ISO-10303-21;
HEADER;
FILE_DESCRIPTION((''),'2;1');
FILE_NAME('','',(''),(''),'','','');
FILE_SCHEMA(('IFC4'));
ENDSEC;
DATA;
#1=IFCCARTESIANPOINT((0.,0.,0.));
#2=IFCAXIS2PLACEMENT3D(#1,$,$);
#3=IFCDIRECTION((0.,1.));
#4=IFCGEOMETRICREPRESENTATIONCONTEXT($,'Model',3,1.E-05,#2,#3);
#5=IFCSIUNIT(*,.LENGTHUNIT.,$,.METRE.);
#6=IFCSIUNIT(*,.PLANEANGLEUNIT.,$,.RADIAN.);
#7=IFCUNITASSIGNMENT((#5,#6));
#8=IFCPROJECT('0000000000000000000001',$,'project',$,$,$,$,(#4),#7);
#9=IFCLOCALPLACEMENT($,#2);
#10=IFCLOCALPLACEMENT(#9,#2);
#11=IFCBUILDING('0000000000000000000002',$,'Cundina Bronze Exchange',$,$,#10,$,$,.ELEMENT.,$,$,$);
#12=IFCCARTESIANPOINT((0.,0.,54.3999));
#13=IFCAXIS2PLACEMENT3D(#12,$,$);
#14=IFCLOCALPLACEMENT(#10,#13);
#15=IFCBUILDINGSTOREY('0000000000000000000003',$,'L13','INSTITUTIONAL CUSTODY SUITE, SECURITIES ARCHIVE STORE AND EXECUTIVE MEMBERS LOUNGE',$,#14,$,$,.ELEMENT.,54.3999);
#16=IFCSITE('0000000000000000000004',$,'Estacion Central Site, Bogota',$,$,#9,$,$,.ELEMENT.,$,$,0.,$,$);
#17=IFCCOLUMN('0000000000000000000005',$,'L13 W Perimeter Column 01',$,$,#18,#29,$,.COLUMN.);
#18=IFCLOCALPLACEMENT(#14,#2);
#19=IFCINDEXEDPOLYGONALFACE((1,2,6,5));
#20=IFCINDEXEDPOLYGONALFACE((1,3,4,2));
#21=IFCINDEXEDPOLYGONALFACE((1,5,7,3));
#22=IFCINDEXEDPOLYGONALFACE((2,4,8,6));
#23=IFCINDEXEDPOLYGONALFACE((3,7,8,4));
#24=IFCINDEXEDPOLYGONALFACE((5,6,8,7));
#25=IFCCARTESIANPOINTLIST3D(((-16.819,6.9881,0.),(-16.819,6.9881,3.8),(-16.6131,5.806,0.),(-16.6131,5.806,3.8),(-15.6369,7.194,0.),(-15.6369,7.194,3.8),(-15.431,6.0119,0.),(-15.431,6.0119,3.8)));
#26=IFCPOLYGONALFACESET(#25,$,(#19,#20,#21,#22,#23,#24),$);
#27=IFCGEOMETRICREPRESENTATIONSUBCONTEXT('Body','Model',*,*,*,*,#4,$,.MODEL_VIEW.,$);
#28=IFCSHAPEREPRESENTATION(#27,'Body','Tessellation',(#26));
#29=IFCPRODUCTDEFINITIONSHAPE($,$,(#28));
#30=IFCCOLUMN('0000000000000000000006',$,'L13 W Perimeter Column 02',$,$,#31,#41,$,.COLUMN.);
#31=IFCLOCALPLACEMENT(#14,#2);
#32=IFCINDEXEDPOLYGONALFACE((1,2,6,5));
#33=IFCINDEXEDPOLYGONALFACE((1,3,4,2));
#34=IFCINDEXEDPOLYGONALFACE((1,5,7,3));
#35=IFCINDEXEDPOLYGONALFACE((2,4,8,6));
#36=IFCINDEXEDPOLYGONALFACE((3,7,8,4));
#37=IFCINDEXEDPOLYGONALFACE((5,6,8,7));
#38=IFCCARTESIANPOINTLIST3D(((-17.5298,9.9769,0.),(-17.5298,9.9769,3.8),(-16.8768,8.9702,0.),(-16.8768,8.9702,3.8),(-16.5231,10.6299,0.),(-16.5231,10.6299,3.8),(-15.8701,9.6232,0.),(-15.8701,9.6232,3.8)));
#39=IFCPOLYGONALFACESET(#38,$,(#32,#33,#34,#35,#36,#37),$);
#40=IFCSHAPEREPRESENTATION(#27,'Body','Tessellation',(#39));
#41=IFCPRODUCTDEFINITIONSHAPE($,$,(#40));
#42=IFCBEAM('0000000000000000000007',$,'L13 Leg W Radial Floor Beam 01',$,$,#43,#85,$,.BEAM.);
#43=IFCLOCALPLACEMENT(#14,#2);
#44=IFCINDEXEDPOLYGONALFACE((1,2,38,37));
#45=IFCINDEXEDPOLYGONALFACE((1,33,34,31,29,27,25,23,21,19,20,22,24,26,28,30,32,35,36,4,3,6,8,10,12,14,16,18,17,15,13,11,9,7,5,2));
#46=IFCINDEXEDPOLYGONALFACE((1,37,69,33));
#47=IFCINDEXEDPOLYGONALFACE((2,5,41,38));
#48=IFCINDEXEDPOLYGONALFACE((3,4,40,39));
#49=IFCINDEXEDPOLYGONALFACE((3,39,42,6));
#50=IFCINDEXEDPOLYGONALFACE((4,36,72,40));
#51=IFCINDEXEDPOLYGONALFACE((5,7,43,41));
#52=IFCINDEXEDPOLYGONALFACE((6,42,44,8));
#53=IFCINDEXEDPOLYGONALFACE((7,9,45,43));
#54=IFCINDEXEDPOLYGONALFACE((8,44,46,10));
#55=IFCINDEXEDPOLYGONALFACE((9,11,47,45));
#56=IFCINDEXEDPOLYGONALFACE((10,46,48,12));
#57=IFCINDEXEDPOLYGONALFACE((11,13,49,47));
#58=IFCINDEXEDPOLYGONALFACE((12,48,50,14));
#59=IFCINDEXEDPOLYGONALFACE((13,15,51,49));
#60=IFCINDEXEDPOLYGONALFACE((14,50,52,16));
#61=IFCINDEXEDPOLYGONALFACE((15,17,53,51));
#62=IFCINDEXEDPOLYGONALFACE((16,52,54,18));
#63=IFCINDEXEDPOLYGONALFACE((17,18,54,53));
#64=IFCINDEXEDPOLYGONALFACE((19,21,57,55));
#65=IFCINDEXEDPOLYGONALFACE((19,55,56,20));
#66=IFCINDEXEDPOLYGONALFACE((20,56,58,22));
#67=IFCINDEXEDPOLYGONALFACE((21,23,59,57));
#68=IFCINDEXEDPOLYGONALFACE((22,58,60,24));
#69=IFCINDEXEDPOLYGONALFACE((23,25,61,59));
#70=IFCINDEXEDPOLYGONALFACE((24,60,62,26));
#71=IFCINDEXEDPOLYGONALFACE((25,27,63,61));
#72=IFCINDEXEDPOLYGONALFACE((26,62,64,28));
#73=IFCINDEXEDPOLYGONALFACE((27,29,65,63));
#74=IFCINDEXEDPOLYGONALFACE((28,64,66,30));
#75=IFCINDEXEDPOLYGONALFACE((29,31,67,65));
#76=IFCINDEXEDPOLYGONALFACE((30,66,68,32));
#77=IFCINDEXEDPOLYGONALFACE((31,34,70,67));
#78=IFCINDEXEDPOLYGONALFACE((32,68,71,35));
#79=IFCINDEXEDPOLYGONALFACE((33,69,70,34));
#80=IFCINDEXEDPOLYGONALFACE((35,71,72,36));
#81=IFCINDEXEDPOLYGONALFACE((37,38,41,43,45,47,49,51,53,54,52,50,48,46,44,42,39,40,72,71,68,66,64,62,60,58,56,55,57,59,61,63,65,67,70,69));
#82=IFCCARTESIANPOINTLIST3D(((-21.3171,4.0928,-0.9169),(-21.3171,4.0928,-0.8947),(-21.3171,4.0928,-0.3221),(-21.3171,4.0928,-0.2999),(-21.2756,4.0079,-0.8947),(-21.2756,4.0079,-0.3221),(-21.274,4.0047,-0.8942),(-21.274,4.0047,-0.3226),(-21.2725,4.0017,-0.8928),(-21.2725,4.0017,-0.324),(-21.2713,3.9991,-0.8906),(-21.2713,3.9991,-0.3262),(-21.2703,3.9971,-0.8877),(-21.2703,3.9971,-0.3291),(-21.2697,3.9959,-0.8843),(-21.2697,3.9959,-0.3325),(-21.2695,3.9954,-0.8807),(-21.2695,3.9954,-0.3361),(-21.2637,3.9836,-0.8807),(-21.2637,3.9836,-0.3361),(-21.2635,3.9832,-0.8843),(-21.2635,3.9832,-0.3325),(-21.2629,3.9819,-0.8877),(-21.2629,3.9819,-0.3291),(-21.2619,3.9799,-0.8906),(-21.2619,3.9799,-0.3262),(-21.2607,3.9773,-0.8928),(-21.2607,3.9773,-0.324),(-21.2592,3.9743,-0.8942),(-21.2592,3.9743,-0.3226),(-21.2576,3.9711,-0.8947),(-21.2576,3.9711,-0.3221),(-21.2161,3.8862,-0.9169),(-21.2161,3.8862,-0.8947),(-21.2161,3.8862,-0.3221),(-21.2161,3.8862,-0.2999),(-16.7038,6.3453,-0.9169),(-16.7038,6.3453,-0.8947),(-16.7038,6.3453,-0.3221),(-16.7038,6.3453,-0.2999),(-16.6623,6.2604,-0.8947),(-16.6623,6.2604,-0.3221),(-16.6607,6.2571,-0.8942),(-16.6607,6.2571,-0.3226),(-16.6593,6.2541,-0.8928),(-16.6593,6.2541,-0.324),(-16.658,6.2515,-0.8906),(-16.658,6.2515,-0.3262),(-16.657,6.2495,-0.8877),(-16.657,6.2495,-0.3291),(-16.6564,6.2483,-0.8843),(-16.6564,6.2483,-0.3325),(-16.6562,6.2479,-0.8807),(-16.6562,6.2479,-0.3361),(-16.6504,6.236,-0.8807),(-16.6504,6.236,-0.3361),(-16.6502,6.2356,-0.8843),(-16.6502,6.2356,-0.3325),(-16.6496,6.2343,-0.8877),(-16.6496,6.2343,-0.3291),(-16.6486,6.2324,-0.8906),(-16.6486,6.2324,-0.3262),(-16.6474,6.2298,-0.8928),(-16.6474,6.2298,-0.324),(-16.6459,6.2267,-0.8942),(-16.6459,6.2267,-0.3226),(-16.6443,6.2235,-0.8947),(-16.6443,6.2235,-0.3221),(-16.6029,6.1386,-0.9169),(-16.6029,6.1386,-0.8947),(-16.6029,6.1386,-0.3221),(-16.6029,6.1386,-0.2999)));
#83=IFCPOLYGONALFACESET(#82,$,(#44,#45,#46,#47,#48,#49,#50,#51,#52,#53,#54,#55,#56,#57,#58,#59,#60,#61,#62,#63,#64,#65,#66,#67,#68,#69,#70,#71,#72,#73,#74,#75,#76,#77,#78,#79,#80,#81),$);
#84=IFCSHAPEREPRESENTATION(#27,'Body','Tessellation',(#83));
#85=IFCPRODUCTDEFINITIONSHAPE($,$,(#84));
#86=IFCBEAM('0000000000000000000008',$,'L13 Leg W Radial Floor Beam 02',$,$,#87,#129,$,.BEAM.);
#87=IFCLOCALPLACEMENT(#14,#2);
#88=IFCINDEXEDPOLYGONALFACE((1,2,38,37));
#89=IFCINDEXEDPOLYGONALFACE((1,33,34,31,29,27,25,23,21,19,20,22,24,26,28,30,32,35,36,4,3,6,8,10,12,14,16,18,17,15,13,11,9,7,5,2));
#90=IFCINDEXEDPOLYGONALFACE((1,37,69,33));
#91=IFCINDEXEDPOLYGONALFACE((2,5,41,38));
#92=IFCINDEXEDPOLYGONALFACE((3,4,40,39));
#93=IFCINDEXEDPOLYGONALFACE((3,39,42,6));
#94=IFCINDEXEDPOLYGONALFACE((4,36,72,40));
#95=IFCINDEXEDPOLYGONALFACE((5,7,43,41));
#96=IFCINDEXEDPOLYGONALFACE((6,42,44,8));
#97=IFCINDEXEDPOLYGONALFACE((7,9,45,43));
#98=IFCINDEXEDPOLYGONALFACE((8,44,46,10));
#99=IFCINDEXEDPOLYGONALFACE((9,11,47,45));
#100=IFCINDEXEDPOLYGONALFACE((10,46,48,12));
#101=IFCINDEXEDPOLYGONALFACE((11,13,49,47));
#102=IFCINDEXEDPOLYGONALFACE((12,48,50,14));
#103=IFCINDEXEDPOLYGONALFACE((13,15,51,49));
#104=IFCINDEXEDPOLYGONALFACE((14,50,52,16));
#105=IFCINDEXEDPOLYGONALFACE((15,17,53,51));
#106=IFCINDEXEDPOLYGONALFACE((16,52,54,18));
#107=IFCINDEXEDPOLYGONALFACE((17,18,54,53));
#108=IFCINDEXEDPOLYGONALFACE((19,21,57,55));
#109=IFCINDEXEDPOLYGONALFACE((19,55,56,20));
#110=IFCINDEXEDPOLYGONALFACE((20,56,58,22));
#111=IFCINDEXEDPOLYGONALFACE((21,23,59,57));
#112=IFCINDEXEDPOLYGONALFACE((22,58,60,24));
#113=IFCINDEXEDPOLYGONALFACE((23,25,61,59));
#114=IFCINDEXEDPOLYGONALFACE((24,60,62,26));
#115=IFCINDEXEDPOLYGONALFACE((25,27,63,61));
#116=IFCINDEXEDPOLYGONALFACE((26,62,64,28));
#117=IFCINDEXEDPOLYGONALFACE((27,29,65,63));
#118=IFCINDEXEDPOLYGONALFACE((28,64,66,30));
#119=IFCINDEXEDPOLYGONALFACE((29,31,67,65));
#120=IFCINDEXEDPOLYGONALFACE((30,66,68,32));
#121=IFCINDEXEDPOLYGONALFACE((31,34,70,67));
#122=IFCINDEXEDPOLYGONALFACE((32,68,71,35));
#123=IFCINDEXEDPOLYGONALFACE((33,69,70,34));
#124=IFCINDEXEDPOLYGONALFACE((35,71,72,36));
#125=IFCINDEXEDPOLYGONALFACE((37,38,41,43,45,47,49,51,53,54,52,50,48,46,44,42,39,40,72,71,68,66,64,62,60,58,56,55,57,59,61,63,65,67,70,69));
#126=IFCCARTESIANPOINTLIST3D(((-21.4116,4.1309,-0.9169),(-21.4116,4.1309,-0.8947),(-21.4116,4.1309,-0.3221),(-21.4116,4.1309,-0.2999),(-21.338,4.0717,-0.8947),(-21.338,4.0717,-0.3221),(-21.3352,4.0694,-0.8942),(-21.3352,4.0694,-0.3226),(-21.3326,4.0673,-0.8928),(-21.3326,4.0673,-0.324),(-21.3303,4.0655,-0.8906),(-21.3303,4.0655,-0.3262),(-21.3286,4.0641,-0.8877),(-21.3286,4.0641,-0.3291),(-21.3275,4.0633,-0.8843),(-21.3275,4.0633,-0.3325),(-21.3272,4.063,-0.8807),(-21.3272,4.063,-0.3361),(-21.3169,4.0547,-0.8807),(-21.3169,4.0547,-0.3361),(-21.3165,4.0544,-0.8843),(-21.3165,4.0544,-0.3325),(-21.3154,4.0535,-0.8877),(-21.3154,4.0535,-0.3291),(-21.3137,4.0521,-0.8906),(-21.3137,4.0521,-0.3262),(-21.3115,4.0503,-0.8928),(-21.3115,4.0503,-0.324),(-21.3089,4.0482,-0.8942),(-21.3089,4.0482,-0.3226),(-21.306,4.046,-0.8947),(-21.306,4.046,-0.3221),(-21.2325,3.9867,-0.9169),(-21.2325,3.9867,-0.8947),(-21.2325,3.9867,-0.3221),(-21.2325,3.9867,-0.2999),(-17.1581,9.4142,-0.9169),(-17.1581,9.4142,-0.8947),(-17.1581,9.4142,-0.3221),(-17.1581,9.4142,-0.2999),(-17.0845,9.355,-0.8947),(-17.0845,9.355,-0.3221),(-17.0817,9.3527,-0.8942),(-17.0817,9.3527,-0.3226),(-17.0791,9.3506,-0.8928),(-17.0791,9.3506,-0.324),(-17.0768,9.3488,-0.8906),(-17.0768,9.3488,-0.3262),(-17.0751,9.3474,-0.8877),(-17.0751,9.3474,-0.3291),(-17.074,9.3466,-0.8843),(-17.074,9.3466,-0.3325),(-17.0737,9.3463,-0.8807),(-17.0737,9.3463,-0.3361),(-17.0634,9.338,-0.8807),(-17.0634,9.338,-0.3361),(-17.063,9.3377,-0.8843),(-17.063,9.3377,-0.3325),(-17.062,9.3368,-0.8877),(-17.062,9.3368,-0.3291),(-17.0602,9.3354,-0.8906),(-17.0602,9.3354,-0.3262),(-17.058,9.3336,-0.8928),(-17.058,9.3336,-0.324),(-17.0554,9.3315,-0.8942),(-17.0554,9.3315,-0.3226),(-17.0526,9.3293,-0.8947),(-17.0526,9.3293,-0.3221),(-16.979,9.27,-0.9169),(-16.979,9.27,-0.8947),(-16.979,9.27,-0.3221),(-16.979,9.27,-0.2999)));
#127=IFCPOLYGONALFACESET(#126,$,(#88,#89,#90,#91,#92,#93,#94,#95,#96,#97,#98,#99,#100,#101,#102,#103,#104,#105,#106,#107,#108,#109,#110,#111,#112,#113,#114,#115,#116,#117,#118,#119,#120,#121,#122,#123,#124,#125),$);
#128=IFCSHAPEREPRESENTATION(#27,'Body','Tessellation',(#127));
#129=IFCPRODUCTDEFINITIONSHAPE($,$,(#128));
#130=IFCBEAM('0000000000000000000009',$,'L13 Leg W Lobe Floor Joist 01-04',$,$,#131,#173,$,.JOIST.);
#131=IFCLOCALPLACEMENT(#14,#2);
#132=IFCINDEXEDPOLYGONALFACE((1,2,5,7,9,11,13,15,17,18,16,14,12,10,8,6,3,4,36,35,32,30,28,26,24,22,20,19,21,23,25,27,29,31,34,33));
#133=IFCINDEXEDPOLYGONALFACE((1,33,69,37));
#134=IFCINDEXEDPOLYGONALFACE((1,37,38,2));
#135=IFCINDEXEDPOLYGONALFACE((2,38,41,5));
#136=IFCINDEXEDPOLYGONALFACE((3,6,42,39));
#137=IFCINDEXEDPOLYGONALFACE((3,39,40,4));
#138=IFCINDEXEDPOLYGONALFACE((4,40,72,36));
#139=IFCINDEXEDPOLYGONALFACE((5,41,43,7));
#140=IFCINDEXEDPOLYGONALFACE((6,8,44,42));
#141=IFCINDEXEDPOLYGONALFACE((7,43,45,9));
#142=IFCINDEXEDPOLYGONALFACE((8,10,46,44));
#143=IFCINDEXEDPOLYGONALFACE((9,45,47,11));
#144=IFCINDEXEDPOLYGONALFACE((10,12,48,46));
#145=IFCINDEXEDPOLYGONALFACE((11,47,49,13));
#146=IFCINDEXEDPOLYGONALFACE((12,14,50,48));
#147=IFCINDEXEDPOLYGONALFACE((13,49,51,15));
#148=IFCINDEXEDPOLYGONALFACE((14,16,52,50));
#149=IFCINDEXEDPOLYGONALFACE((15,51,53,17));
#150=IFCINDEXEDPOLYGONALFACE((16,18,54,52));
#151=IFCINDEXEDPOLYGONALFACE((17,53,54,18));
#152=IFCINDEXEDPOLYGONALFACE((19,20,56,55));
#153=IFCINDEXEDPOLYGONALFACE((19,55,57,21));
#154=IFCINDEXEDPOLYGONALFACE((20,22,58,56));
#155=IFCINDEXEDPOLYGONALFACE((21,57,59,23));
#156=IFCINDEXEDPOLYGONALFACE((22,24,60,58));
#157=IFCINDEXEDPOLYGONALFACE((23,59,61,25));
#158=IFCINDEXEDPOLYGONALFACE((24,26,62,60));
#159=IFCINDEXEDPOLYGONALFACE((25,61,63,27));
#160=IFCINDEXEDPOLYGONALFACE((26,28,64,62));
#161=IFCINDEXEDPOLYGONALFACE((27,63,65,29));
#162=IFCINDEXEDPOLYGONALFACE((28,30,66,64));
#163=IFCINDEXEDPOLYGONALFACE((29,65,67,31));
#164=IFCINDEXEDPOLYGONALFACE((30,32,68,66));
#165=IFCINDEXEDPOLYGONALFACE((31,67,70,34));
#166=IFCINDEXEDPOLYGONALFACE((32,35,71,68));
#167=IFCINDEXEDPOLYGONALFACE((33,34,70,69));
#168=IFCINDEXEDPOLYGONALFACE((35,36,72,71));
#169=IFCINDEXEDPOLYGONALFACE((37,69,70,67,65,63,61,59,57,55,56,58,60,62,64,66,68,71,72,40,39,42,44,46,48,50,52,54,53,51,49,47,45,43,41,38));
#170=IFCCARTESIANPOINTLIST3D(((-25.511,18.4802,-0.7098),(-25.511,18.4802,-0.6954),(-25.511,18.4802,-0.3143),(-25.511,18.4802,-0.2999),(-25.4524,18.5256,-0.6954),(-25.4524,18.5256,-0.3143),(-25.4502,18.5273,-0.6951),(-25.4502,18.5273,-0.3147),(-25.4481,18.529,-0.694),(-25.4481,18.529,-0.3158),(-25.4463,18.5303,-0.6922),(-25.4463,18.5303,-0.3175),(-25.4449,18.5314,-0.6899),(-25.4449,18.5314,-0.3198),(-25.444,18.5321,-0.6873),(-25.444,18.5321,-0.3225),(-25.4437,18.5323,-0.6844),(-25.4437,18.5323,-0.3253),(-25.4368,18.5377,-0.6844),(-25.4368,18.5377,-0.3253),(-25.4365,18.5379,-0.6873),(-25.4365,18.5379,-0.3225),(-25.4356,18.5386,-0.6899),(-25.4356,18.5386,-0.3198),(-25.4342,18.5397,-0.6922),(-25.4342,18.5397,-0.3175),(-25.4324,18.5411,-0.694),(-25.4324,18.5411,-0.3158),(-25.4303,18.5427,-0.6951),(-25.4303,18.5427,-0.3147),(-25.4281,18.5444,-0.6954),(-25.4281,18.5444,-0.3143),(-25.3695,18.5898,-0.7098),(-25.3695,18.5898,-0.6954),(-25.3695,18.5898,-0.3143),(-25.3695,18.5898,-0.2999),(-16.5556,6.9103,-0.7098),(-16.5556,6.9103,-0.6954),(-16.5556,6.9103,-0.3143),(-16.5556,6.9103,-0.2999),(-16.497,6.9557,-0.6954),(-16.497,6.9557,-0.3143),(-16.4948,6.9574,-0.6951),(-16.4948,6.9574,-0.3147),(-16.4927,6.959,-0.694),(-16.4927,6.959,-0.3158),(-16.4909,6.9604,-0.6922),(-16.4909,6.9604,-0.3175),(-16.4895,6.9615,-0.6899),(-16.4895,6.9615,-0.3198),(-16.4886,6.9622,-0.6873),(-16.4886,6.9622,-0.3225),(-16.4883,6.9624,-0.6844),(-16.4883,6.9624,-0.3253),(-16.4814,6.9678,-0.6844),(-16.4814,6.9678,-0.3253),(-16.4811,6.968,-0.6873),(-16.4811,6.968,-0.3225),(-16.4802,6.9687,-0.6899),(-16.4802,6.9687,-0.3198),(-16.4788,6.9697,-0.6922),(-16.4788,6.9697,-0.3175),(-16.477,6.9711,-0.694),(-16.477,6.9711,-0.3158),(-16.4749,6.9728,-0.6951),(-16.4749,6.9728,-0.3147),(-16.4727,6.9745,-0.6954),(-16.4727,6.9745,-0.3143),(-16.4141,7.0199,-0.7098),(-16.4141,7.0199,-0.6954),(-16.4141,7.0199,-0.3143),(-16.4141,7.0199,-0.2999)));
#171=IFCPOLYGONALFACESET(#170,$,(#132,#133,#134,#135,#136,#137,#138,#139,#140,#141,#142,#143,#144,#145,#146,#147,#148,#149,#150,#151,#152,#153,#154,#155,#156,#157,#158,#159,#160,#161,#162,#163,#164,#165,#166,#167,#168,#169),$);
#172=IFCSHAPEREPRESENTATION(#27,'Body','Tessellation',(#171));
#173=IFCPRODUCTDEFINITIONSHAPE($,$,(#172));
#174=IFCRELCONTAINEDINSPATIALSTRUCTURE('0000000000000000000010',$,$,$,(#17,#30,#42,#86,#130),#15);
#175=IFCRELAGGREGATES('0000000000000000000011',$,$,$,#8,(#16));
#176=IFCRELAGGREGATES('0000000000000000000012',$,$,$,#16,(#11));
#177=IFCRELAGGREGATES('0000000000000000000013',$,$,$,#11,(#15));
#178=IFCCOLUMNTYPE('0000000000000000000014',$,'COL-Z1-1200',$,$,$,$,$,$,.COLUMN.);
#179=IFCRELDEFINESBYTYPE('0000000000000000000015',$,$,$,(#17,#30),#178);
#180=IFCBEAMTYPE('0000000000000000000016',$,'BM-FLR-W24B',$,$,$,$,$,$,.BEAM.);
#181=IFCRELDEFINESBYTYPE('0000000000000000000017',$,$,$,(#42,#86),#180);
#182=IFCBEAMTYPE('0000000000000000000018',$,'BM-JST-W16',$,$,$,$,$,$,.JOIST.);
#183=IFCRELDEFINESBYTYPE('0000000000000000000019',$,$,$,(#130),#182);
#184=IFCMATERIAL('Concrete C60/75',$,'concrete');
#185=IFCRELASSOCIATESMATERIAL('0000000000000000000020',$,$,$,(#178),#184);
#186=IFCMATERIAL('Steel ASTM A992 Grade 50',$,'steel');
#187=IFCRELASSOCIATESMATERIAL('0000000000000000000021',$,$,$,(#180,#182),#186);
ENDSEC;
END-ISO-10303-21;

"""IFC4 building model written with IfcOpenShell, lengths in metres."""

from ifc_helpers import new_model, si_unit, direction, frame, origin, origin_2d, place, context, subcontext, project, spatial, rectangle, i_section, extrude, material, material_profile, profile_set, type_object, element, save


model = new_model("IFC4")

# Units and contexts
model_context = context("Model", 3, precision=1e-05, world=origin(), true_north=direction((0.0, 1.0)))
body_context = subcontext(model_context, "Body", "Model", "MODEL_VIEW")
ifc_project = project(units=[si_unit("LENGTHUNIT", "METRE"), si_unit("PLANEANGLEUNIT", "RADIAN")], contexts=[model_context])

# Site, building, storey
site_placement = place(None, origin())
site = spatial("IfcSite", under=ifc_project, at=site_placement, Name="Estacion Central Site, Bogota", CompositionType="ELEMENT", RefElevation=0.0)
building_placement = place(site_placement, origin())
building = spatial("IfcBuilding", under=site, at=building_placement, Name="Cundina Bronze Exchange", CompositionType="ELEMENT")
storey_placement = place(building_placement, frame((0.0, 0.0, 54.3999)))
storey = spatial("IfcBuildingStorey", under=building, at=storey_placement, Name="L13", Description="INSTITUTIONAL CUSTODY SUITE, SECURITIES ARCHIVE STORE AND EXECUTIVE MEMBERS LOUNGE", CompositionType="ELEMENT", Elevation=54.3999)

# Columns
ifc_material_1 = material(Name="Concrete C60/75", Category="concrete")
ifc_material_profile_1 = material_profile(ifc_material_1, rectangle(XDim=1.2, YDim=1.2, at=origin_2d()), Name="RC1200X1200", Category="concrete")
ifc_profile_set_1 = profile_set([ifc_material_profile_1], Name="Concrete C60/75")
column_type = type_object("IfcColumnType", Name="COL-Z1-1200", PredefinedType="COLUMN", material=ifc_profile_set_1)
for number, where, z_axis, x_axis, name in (
    (1, (-16.125, 6.5, 0.0), (0.0, 0.0, 1.0), (-0.171585, 0.985169, 0.0), "L13 W Perimeter Column 01"),
    (2, (-16.7, 9.8, 0.0), (0.0, 0.0, 1.0), (-0.5442, 0.838956, 0.0), "L13 W Perimeter Column 02"),
):
    element("IfcColumn", number, at=place(storey_placement, frame(where, z_axis=z_axis, x_axis=x_axis)), inside=storey, type_object=column_type, Name=name, PredefinedType="COLUMN", context=body_context, shape_type="SweptSolid", body=[
        extrude(rectangle(XDim=1.2, YDim=1.2, at=origin_2d()), origin(), (0.0, 0.0, 1.0), 3.8),
    ])

# Beams
ifc_material_2 = material(Name="Steel ASTM A992 Grade 50", Category="steel")
ifc_material_profile_2 = material_profile(ifc_material_2, i_section(OverallWidth=0.23, OverallDepth=0.6169, WebThickness=0.0132, FlangeThickness=0.0222, FilletRadius=0.0139, at=origin_2d()), Name="W24X94", Category="steel")
ifc_profile_set_2 = profile_set([ifc_material_profile_2], Name="Steel ASTM A992 Grade 50")
beam_type_1 = type_object("IfcBeamType", Name="BM-FLR-W24B", PredefinedType="BEAM", material=ifc_profile_set_2)
beam_1_placement = place(storey_placement, frame((-21.2666, 3.9895, -0.6084), z_axis=(0.89861, 0.438748, 0.0), x_axis=(-0.438748, 0.89861, 0.0)))
element("IfcBeam", 3, at=beam_1_placement, inside=storey, type_object=beam_type_1, Name="L13 Leg W Radial Floor Beam 01", PredefinedType="BEAM", context=body_context, shape_type="SweptSolid", body=[
    extrude(i_section(OverallWidth=0.23, OverallDepth=0.6169, WebThickness=0.0132, FlangeThickness=0.0222, FilletRadius=0.0139, at=origin_2d()), origin(), (0.0, 0.0, 1.0), 5.1338),
])
beam_2_placement = place(storey_placement, frame((-21.322, 4.0588, -0.6084), z_axis=(0.627106, 0.778934, 0.0), x_axis=(-0.778934, 0.627106, 0.0)))
element("IfcBeam", 4, at=beam_2_placement, inside=storey, type_object=beam_type_1, Name="L13 Leg W Radial Floor Beam 02", PredefinedType="BEAM", context=body_context, shape_type="SweptSolid", body=[
    extrude(i_section(OverallWidth=0.23, OverallDepth=0.6169, WebThickness=0.0132, FlangeThickness=0.0222, FilletRadius=0.0139, at=origin_2d()), origin(), (0.0, 0.0, 1.0), 6.7827),
])
ifc_material_profile_3 = material_profile(ifc_material_2, i_section(OverallWidth=0.179, OverallDepth=0.4099, WebThickness=0.0088, FlangeThickness=0.0144, FilletRadius=0.011, at=origin_2d()), Name="W16X45", Category="steel")
ifc_profile_set_3 = profile_set([ifc_material_profile_3], Name="Steel ASTM A992 Grade 50")
beam_type_2 = type_object("IfcBeamType", Name="BM-JST-W16", PredefinedType="JOIST", material=ifc_profile_set_3)
beam_3_placement = place(storey_placement, frame((-16.4849, 6.9651, -0.5049), z_axis=(-0.612089, 0.790789, 0.0), x_axis=(-0.790789, -0.612089, 0.0)))
element("IfcBeam", 5, at=beam_3_placement, inside=storey, type_object=beam_type_2, Name="L13 Leg W Lobe Floor Joist 01-04", PredefinedType="JOIST", context=body_context, shape_type="SweptSolid", body=[
    extrude(i_section(OverallWidth=0.179, OverallDepth=0.4099, WebThickness=0.0088, FlangeThickness=0.0144, FilletRadius=0.011, at=origin_2d()), origin(), (0.0, 0.0, 1.0), 14.6309),
])

save(model, "model.ifc")
